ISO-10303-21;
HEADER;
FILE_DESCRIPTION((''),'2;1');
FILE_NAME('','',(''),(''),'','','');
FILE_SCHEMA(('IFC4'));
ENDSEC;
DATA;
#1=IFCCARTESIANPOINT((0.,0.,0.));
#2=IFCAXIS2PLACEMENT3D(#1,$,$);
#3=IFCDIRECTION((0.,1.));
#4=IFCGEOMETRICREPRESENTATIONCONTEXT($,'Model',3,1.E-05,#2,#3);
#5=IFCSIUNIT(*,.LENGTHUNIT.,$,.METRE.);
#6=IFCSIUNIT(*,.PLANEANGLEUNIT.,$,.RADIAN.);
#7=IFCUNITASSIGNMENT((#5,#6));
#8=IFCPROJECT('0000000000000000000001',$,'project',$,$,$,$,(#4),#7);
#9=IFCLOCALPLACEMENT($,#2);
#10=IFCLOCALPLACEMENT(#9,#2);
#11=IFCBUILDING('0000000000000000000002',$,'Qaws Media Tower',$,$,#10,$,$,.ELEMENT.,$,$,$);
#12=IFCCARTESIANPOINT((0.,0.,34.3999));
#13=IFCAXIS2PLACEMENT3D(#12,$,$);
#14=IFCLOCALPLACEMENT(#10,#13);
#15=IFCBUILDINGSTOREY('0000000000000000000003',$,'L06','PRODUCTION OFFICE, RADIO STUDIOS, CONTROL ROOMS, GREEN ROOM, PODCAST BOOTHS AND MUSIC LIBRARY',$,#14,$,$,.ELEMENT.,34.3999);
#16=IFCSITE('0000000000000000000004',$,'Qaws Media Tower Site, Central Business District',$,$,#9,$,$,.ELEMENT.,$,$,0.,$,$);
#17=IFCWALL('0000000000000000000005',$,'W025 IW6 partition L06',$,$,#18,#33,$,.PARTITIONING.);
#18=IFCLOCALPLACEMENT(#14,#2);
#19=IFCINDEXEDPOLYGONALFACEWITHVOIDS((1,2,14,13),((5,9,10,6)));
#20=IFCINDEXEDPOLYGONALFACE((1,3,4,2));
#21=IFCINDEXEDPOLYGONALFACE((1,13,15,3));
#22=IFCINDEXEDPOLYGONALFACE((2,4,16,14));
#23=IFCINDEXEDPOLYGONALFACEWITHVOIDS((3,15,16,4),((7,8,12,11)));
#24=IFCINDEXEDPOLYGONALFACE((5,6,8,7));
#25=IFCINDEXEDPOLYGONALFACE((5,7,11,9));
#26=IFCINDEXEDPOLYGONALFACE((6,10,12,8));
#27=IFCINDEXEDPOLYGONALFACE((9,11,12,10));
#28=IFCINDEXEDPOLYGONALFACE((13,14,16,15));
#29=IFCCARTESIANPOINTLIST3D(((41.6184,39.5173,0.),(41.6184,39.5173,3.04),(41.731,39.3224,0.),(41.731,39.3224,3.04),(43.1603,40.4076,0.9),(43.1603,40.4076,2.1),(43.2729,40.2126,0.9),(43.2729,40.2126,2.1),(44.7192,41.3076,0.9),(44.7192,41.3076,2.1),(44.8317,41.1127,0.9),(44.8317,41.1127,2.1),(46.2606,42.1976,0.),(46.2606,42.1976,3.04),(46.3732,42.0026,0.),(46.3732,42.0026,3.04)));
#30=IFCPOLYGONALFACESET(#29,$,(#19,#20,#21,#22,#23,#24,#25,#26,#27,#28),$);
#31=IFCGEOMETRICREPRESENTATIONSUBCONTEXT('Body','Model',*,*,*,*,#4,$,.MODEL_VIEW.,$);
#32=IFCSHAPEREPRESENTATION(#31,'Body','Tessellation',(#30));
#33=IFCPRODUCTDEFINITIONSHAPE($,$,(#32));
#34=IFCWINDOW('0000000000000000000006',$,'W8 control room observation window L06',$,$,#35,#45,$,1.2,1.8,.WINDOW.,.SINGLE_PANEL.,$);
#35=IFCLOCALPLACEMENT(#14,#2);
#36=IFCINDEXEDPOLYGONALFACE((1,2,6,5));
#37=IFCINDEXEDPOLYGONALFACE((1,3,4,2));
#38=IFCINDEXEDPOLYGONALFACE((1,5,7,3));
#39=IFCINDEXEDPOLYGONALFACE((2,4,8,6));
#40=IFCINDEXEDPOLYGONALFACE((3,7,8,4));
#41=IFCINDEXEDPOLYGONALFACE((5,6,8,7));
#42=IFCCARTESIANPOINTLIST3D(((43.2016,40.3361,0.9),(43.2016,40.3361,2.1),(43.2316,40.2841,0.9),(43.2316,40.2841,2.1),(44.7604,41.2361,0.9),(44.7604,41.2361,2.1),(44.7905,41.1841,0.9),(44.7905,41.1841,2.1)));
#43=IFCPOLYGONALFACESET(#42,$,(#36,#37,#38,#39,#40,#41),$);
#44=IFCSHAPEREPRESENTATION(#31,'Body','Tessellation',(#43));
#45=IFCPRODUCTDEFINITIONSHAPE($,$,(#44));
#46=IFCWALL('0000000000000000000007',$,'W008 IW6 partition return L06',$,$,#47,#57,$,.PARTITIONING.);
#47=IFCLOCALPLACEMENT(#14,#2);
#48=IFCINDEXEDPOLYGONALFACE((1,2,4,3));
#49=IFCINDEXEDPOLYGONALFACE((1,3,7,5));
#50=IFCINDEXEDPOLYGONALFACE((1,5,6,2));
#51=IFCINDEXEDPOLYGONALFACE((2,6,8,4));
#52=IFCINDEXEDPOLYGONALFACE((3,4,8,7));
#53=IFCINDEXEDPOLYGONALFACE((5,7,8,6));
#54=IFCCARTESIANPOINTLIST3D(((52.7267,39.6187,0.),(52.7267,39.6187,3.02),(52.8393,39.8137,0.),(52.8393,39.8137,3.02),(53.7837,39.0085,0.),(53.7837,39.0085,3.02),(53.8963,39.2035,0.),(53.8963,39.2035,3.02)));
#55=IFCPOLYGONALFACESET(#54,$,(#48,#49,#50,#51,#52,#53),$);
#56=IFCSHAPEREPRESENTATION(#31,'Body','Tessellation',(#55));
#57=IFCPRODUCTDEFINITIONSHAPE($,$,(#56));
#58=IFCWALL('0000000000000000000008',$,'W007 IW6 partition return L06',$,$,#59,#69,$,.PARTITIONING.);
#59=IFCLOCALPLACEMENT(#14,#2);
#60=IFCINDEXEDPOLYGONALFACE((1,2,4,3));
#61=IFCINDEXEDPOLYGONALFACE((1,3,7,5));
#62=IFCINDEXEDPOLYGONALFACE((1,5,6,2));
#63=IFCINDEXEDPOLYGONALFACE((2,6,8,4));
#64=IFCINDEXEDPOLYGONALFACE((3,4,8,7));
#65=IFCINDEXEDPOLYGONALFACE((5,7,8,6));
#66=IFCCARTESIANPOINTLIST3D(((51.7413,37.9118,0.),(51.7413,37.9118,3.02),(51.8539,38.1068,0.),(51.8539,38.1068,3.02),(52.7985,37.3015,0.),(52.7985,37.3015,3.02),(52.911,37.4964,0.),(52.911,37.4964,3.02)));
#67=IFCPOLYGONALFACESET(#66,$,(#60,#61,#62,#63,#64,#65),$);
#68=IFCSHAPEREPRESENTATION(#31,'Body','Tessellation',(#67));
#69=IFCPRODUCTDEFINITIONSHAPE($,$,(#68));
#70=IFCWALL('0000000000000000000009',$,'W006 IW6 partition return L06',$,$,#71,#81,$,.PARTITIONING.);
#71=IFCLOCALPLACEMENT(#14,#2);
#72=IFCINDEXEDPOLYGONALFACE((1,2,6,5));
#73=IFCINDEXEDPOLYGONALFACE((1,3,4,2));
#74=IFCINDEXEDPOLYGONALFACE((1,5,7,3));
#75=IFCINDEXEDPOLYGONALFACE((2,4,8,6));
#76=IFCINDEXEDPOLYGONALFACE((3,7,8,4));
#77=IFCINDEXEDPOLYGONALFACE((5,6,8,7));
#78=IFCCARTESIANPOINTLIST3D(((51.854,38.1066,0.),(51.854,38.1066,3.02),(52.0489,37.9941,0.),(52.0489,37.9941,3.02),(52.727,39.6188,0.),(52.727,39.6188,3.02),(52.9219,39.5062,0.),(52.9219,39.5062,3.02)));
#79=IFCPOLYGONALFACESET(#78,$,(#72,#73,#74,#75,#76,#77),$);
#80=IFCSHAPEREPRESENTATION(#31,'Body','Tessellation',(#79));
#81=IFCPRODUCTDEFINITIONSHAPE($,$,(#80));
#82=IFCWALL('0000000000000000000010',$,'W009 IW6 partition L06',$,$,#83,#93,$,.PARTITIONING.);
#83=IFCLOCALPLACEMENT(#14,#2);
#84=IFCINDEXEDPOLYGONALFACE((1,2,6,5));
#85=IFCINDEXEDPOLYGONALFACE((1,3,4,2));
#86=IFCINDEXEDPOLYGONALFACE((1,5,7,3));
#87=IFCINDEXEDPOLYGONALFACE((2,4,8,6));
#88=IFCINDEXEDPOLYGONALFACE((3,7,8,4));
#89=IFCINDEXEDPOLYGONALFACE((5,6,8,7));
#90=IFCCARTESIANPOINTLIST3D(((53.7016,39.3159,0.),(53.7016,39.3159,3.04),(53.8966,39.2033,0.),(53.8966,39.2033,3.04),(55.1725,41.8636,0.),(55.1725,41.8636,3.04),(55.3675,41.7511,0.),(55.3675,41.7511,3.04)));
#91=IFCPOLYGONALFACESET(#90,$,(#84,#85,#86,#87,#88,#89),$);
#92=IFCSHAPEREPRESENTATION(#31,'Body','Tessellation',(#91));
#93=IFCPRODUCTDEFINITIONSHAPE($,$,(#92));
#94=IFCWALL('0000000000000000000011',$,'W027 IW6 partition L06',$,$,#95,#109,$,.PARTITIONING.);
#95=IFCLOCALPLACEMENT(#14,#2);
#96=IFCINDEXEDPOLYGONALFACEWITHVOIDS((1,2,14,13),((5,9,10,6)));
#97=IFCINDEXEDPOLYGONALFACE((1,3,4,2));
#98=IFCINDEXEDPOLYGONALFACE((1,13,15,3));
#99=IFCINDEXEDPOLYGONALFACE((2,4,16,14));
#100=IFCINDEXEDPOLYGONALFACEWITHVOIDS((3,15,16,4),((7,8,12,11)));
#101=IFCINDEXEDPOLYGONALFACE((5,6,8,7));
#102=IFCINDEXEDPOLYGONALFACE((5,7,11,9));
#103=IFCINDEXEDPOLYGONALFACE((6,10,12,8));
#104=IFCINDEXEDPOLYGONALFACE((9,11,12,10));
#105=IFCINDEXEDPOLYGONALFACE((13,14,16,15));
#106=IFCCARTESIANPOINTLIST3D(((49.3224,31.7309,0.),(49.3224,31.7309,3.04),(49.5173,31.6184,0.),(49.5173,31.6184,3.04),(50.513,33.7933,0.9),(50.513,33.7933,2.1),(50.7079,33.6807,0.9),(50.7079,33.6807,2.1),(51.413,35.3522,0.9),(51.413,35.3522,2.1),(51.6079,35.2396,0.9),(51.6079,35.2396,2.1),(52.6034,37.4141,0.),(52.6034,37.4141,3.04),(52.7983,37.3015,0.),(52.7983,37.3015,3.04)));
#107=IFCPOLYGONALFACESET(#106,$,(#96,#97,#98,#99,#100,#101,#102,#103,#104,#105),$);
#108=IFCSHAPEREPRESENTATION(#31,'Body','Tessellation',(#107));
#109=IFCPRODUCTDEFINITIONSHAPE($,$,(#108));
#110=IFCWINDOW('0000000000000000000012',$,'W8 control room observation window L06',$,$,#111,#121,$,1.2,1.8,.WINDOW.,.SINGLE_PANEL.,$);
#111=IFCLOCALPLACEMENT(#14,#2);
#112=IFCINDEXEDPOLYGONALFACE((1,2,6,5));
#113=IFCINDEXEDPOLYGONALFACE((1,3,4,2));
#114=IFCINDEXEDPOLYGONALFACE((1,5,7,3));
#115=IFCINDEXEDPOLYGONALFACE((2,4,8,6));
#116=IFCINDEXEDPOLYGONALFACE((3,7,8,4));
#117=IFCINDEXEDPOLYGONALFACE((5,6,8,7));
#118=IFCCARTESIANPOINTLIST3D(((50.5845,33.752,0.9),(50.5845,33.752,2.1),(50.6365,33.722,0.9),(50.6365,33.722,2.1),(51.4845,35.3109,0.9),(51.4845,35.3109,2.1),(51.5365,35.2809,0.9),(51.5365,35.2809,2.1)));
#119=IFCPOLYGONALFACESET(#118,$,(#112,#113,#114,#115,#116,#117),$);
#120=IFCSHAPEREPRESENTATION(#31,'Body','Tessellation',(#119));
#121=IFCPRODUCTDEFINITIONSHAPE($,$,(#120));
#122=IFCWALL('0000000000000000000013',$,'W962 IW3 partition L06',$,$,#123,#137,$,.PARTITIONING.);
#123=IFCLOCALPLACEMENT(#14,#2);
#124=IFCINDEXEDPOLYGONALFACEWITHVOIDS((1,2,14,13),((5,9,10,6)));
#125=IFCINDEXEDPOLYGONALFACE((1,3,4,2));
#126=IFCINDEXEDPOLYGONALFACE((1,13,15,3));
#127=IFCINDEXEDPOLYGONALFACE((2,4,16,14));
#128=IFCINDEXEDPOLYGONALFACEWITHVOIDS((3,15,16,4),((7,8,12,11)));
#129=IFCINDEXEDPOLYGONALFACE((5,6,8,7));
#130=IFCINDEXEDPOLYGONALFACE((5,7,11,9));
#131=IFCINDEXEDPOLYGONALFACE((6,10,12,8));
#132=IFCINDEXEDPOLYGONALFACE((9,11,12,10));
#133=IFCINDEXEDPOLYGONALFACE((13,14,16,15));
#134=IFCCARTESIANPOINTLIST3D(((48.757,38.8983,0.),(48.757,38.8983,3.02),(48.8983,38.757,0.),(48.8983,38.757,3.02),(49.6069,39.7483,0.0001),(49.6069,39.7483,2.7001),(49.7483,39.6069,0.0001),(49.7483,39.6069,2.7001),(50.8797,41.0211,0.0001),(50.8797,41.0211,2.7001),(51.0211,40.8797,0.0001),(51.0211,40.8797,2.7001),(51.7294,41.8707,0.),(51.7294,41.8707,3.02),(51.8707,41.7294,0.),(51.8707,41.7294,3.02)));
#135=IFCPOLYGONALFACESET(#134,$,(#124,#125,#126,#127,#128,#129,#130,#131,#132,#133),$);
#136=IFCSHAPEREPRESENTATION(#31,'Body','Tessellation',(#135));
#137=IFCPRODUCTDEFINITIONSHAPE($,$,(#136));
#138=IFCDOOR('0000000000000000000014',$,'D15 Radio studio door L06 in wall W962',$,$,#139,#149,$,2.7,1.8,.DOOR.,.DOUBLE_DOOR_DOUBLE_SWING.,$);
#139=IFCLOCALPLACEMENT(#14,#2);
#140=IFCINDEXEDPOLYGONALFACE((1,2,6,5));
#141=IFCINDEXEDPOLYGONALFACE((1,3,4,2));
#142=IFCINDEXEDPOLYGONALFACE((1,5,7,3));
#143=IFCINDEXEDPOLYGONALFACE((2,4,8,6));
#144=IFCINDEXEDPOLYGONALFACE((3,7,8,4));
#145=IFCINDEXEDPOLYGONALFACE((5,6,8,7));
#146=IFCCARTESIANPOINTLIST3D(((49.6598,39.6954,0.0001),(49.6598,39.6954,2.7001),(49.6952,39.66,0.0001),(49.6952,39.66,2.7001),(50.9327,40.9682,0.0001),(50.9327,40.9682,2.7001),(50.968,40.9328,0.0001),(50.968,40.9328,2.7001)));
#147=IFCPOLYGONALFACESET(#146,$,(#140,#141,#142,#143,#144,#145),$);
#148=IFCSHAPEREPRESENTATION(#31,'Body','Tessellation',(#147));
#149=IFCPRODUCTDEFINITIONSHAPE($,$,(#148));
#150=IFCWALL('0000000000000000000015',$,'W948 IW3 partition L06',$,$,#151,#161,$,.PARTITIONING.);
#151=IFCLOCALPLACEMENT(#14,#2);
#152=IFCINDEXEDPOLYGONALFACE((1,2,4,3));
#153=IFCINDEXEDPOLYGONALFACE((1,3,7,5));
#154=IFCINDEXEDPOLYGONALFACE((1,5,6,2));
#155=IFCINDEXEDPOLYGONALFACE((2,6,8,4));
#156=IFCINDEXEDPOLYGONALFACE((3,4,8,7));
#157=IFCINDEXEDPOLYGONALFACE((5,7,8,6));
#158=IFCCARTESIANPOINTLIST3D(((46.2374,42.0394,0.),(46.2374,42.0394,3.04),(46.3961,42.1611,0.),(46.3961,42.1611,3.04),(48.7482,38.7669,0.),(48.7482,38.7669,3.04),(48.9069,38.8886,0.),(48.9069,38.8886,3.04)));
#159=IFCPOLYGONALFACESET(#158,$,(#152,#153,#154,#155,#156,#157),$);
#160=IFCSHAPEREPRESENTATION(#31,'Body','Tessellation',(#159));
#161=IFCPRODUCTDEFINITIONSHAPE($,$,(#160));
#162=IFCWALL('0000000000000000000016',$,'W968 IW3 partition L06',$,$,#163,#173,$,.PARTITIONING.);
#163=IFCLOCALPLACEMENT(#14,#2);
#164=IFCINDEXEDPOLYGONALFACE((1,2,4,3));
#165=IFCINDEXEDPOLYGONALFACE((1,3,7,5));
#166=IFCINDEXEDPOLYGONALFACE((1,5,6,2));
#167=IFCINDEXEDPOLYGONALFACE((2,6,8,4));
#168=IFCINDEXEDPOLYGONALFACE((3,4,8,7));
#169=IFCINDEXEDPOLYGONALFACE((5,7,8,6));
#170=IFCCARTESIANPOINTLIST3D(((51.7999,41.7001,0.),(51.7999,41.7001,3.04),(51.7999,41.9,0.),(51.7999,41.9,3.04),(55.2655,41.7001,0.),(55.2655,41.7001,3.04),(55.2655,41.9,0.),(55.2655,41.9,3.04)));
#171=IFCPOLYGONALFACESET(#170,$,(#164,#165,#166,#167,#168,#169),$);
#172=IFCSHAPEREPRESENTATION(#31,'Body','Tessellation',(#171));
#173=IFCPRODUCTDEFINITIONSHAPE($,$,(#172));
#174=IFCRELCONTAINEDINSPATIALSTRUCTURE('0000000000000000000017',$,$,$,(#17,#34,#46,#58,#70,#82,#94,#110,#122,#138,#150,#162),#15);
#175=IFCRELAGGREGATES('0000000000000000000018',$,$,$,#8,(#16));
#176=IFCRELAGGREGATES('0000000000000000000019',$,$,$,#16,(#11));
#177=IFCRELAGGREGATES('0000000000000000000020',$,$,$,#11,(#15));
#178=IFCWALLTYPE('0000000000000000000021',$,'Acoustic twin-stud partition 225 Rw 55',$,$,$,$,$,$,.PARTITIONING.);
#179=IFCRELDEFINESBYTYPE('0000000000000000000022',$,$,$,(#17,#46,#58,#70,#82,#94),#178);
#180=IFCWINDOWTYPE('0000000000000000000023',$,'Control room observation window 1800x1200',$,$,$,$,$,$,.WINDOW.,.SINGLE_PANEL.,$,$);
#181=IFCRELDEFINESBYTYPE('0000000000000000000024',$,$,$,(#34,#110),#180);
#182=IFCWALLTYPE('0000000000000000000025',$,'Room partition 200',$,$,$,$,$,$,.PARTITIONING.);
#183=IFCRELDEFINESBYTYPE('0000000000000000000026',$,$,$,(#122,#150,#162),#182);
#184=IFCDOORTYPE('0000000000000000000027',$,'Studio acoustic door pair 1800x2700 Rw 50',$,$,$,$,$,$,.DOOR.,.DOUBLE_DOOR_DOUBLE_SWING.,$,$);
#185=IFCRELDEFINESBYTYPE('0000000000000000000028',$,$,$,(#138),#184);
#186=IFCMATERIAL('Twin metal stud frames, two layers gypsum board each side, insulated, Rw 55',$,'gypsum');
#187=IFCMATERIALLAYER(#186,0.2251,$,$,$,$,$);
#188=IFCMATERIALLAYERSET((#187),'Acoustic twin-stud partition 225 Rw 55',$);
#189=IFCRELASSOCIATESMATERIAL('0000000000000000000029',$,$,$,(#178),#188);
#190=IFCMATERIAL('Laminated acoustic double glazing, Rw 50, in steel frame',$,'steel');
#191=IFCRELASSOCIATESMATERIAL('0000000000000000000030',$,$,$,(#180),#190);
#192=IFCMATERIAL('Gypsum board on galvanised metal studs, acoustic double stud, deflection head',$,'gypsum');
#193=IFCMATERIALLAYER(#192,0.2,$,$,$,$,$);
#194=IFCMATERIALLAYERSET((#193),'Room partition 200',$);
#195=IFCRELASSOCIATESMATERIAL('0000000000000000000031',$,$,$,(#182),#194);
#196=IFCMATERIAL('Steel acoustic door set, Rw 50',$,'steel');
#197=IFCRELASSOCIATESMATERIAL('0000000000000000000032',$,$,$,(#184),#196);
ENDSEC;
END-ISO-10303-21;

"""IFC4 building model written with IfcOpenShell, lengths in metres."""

from ifc_helpers import new_model, si_unit, direction, frame, frame_2d, origin, place, context, subcontext, project, spatial, rectangle, extrude, material, layer, layer_set, type_object, element, fill, save


model = new_model("IFC4")

# Units and contexts
model_context = context("Model", 3, precision=1e-05, world=origin(), true_north=direction((0.0, 1.0)))
body_context = subcontext(model_context, "Body", "Model", "MODEL_VIEW")
ifc_project = project(units=[si_unit("LENGTHUNIT", "METRE"), si_unit("PLANEANGLEUNIT", "RADIAN")], contexts=[model_context])

# Site, building, storey
site_placement = place(None, origin())
site = spatial("IfcSite", under=ifc_project, at=site_placement, Name="Qaws Media Tower Site, Central Business District", CompositionType="ELEMENT", RefElevation=0.0)
building_placement = place(site_placement, origin())
building = spatial("IfcBuilding", under=site, at=building_placement, Name="Qaws Media Tower", CompositionType="ELEMENT")
storey_placement = place(building_placement, frame((0.0, 0.0, 34.3999)))
storey = spatial("IfcBuildingStorey", under=building, at=storey_placement, Name="L06", Description="PRODUCTION OFFICE, RADIO STUDIOS, CONTROL ROOMS, GREEN ROOM, PODCAST BOOTHS AND MUSIC LIBRARY", CompositionType="ELEMENT", Elevation=34.3999)

# Wall, opening, window
ifc_material_1 = material(Name="Twin metal stud frames, two layers gypsum board each side, insulated, Rw 55", Category="gypsum")
ifc_layer_1 = layer(ifc_material_1, 0.2251)
ifc_layer_set_1 = layer_set([ifc_layer_1], Name="Acoustic twin-stud partition 225 Rw 55")
wall_type_1 = type_object("IfcWallType", Name="Acoustic twin-stud partition 225 Rw 55", PredefinedType="PARTITIONING", material=ifc_layer_set_1)
wall_1_placement = place(storey_placement, frame((46.3169, 42.1001, 0.0), z_axis=(0.0, 0.0, 1.0), x_axis=(-0.86602, -0.500009, 0.0)))
wall_1 = element("IfcWall", 1, at=wall_1_placement, inside=storey, type_object=wall_type_1, Name="W025 IW6 partition L06", PredefinedType="PARTITIONING", context=body_context, shape_type="SweptSolid", body=[
    extrude(rectangle(XDim=5.3604, YDim=0.2251, at=frame_2d((2.6802, 0.0))), origin(), (0.0, 0.0, 1.0), 3.04),
])
opening_1_placement = place(wall_1_placement, frame((1.78, 0.0, 0.8999)))
opening_1 = element("IfcOpeningElement", 2, at=opening_1_placement, cuts=wall_1, PredefinedType="OPENING", context=body_context, shape_type="SweptSolid", body=[
    extrude(rectangle(XDim=1.8, YDim=1.2, at=frame_2d((0.8999, 0.6001))), frame((0.0, 0.1226, 0.0), z_axis=(0.0, -1.0, 0.0), x_axis=(1.0, 0.0, 0.0)), (0.0, 0.0, 1.0), 0.2451),
])
ifc_material_2 = material(Name="Laminated acoustic double glazing, Rw 50, in steel frame", Category="steel")
window_type = type_object("IfcWindowType", Name="Control room observation window 1800x1200", PartitioningType="SINGLE_PANEL", PredefinedType="WINDOW", material=ifc_material_2)
window_1_placement = place(opening_1_placement, origin())
window_1 = element("IfcWindow", 3, at=window_1_placement, inside=storey, type_object=window_type, Name="W8 control room observation window L06", OverallHeight=1.2, OverallWidth=1.8, PartitioningType="SINGLE_PANEL", PredefinedType="WINDOW", context=body_context, shape_type="SweptSolid", body=[
    extrude(rectangle(XDim=1.8, YDim=1.2, at=frame_2d((0.8999, 0.6001))), frame((0.0, 0.03, 0.0), z_axis=(0.0, -1.0, 0.0), x_axis=(1.0, 0.0, 0.0)), (0.0, 0.0, 1.0), 0.0601),
])
fill(opening_1, window_1)

# Walls
wall_2_placement = place(storey_placement, frame((53.8401, 39.106, 0.0), z_axis=(0.0, 0.0, 1.0), x_axis=(-0.866056, 0.499948, 0.0)))
element("IfcWall", 4, at=wall_2_placement, inside=storey, type_object=wall_type_1, Name="W008 IW6 partition return L06", PredefinedType="PARTITIONING", context=body_context, shape_type="SweptSolid", body=[
    extrude(rectangle(XDim=1.2205, YDim=0.2251, at=frame_2d((0.6104, 0.0))), origin(), (0.0, 0.0, 1.0), 3.02),
])
wall_3_placement = place(storey_placement, frame((52.8547, 37.3989, 0.0), z_axis=(0.0, 0.0, 1.0), x_axis=(-0.866019, 0.500011, 0.0)))
element("IfcWall", 5, at=wall_3_placement, inside=storey, type_object=wall_type_1, Name="W007 IW6 partition return L06", PredefinedType="PARTITIONING", context=body_context, shape_type="SweptSolid", body=[
    extrude(rectangle(XDim=1.2207, YDim=0.2251, at=frame_2d((0.6104, 0.0))), origin(), (0.0, 0.0, 1.0), 3.02),
])
wall_4_placement = place(storey_placement, frame((52.8245, 39.5625, 0.0), z_axis=(0.0, 0.0, 1.0), x_axis=(-0.499989, -0.866032, 0.0)))
element("IfcWall", 6, at=wall_4_placement, inside=storey, type_object=wall_type_1, Name="W006 IW6 partition return L06", PredefinedType="PARTITIONING", context=body_context, shape_type="SweptSolid", body=[
    extrude(rectangle(XDim=1.7461, YDim=0.2251, at=frame_2d((0.873, 0.0))), origin(), (0.0, 0.0, 1.0), 3.02),
])
wall_5_placement = place(storey_placement, frame((55.27, 41.8074, 0.0), z_axis=(0.0, 0.0, 1.0), x_axis=(-0.499986, -0.866034, 0.0)))
element("IfcWall", 7, at=wall_5_placement, inside=storey, type_object=wall_type_1, Name="W009 IW6 partition L06", PredefinedType="PARTITIONING", context=body_context, shape_type="SweptSolid", body=[
    extrude(rectangle(XDim=2.9419, YDim=0.2251, at=frame_2d((1.4709, 0.0))), origin(), (0.0, 0.0, 1.0), 3.04),
])

# Wall, opening, window
wall_6_placement = place(storey_placement, frame((52.7009, 37.3579, 0.0), z_axis=(0.0, 0.0, 1.0), x_axis=(-0.499984, -0.866034, 0.0)))
wall_6 = element("IfcWall", 8, at=wall_6_placement, inside=storey, type_object=wall_type_1, Name="W027 IW6 partition L06", PredefinedType="PARTITIONING", context=body_context, shape_type="SweptSolid", body=[
    extrude(rectangle(XDim=6.5623, YDim=0.2251, at=frame_2d((3.2812, 0.0))), origin(), (0.0, 0.0, 1.0), 3.04),
])
opening_2_placement = place(wall_6_placement, frame((2.3811, 0.0, 0.8999)))
opening_2 = element("IfcOpeningElement", 9, at=opening_2_placement, cuts=wall_6, PredefinedType="OPENING", context=body_context, shape_type="SweptSolid", body=[
    extrude(rectangle(XDim=1.8, YDim=1.2, at=frame_2d((0.8999, 0.6001))), frame((0.0, 0.1226, 0.0), z_axis=(0.0, -1.0, 0.0), x_axis=(1.0, 0.0, 0.0)), (0.0, 0.0, 1.0), 0.2451),
])
window_2_placement = place(opening_2_placement, origin())
window_2 = element("IfcWindow", 10, at=window_2_placement, inside=storey, type_object=window_type, Name="W8 control room observation window L06", OverallHeight=1.2, OverallWidth=1.8, PartitioningType="SINGLE_PANEL", PredefinedType="WINDOW", context=body_context, shape_type="SweptSolid", body=[
    extrude(rectangle(XDim=1.8, YDim=1.2, at=frame_2d((0.8999, 0.6001))), frame((0.0, 0.03, 0.0), z_axis=(0.0, -1.0, 0.0), x_axis=(1.0, 0.0, 0.0)), (0.0, 0.0, 1.0), 0.0601),
])
fill(opening_2, window_2)

# Wall, opening, door
ifc_material_3 = material(Name="Gypsum board on galvanised metal studs, acoustic double stud, deflection head", Category="gypsum")
ifc_layer_2 = layer(ifc_material_3, 0.2)
ifc_layer_set_2 = layer_set([ifc_layer_2], Name="Room partition 200")
wall_type_2 = type_object("IfcWallType", Name="Room partition 200", PredefinedType="PARTITIONING", material=ifc_layer_set_2)
wall_7_placement = place(storey_placement, frame((51.8, 41.8, 0.0), z_axis=(0.0, 0.0, 1.0), x_axis=(-0.707107, -0.707107, 0.0)))
wall_7 = element("IfcWall", 11, at=wall_7_placement, inside=storey, type_object=wall_type_2, Name="W962 IW3 partition L06", PredefinedType="PARTITIONING", context=body_context, shape_type="SweptSolid", body=[
    extrude(rectangle(XDim=4.2036, YDim=0.2, at=frame_2d((2.1018, 0.0))), origin(), (0.0, 0.0, 1.0), 3.02),
])
opening_3_placement = place(wall_7_placement, frame((1.2017, 0.0, 0.0)))
opening_3 = element("IfcOpeningElement", 12, at=opening_3_placement, cuts=wall_7, PredefinedType="OPENING", context=body_context, shape_type="SweptSolid", body=[
    extrude(rectangle(XDim=1.8, YDim=2.7, at=frame_2d((0.8999, 1.3501))), frame((0.0, 0.1099, 0.0), z_axis=(0.0, -1.0, 0.0), x_axis=(1.0, 0.0, 0.0)), (0.0, 0.0, 1.0), 0.22),
])
ifc_material_4 = material(Name="Steel acoustic door set, Rw 50", Category="steel")
door_type_1 = type_object("IfcDoorType", Name="Studio acoustic door pair 1800x2700 Rw 50", OperationType="DOUBLE_DOOR_DOUBLE_SWING", PredefinedType="DOOR", material=ifc_material_4)
door_1_placement = place(opening_3_placement, origin())
door_1 = element("IfcDoor", 13, at=door_1_placement, inside=storey, type_object=door_type_1, Name="D15 Radio studio door L06 in wall W962", OperationType="DOUBLE_DOOR_DOUBLE_SWING", OverallHeight=2.7, OverallWidth=1.8, PredefinedType="DOOR", context=body_context, shape_type="SweptSolid", body=[
    extrude(rectangle(XDim=1.8, YDim=2.7, at=frame_2d((0.8999, 1.3501))), frame((0.0, 0.0249, 0.0), z_axis=(0.0, -1.0, 0.0), x_axis=(1.0, 0.0, 0.0)), (0.0, 0.0, 1.0), 0.05),
])
fill(opening_3, door_1)

# Wall
wall_8_placement = place(storey_placement, frame((48.8276, 38.8276, 0.0), z_axis=(0.0, 0.0, 1.0), x_axis=(-0.608715, 0.793389, 0.0)))
element("IfcWall", 14, at=wall_8_placement, inside=storey, type_object=wall_type_2, Name="W948 IW3 partition L06", PredefinedType="PARTITIONING", context=body_context, shape_type="SweptSolid", body=[
    extrude(rectangle(XDim=4.1248, YDim=0.2, at=frame_2d((2.0625, 0.0))), origin(), (0.0, 0.0, 1.0), 3.04),
])

# Wall
wall_9_placement = place(storey_placement, frame((55.2656, 41.8, 0.0), z_axis=(0.0, 0.0, 1.0), x_axis=(-1.0, 0.0, 0.0)))
element("IfcWall", 15, at=wall_9_placement, inside=storey, type_object=wall_type_2, Name="W968 IW3 partition L06", PredefinedType="PARTITIONING", context=body_context, shape_type="SweptSolid", body=[
    extrude(rectangle(XDim=3.4656, YDim=0.2, at=frame_2d((1.7329, 0.0))), origin(), (0.0, 0.0, 1.0), 3.04),
])

save(model, "model.ifc")
